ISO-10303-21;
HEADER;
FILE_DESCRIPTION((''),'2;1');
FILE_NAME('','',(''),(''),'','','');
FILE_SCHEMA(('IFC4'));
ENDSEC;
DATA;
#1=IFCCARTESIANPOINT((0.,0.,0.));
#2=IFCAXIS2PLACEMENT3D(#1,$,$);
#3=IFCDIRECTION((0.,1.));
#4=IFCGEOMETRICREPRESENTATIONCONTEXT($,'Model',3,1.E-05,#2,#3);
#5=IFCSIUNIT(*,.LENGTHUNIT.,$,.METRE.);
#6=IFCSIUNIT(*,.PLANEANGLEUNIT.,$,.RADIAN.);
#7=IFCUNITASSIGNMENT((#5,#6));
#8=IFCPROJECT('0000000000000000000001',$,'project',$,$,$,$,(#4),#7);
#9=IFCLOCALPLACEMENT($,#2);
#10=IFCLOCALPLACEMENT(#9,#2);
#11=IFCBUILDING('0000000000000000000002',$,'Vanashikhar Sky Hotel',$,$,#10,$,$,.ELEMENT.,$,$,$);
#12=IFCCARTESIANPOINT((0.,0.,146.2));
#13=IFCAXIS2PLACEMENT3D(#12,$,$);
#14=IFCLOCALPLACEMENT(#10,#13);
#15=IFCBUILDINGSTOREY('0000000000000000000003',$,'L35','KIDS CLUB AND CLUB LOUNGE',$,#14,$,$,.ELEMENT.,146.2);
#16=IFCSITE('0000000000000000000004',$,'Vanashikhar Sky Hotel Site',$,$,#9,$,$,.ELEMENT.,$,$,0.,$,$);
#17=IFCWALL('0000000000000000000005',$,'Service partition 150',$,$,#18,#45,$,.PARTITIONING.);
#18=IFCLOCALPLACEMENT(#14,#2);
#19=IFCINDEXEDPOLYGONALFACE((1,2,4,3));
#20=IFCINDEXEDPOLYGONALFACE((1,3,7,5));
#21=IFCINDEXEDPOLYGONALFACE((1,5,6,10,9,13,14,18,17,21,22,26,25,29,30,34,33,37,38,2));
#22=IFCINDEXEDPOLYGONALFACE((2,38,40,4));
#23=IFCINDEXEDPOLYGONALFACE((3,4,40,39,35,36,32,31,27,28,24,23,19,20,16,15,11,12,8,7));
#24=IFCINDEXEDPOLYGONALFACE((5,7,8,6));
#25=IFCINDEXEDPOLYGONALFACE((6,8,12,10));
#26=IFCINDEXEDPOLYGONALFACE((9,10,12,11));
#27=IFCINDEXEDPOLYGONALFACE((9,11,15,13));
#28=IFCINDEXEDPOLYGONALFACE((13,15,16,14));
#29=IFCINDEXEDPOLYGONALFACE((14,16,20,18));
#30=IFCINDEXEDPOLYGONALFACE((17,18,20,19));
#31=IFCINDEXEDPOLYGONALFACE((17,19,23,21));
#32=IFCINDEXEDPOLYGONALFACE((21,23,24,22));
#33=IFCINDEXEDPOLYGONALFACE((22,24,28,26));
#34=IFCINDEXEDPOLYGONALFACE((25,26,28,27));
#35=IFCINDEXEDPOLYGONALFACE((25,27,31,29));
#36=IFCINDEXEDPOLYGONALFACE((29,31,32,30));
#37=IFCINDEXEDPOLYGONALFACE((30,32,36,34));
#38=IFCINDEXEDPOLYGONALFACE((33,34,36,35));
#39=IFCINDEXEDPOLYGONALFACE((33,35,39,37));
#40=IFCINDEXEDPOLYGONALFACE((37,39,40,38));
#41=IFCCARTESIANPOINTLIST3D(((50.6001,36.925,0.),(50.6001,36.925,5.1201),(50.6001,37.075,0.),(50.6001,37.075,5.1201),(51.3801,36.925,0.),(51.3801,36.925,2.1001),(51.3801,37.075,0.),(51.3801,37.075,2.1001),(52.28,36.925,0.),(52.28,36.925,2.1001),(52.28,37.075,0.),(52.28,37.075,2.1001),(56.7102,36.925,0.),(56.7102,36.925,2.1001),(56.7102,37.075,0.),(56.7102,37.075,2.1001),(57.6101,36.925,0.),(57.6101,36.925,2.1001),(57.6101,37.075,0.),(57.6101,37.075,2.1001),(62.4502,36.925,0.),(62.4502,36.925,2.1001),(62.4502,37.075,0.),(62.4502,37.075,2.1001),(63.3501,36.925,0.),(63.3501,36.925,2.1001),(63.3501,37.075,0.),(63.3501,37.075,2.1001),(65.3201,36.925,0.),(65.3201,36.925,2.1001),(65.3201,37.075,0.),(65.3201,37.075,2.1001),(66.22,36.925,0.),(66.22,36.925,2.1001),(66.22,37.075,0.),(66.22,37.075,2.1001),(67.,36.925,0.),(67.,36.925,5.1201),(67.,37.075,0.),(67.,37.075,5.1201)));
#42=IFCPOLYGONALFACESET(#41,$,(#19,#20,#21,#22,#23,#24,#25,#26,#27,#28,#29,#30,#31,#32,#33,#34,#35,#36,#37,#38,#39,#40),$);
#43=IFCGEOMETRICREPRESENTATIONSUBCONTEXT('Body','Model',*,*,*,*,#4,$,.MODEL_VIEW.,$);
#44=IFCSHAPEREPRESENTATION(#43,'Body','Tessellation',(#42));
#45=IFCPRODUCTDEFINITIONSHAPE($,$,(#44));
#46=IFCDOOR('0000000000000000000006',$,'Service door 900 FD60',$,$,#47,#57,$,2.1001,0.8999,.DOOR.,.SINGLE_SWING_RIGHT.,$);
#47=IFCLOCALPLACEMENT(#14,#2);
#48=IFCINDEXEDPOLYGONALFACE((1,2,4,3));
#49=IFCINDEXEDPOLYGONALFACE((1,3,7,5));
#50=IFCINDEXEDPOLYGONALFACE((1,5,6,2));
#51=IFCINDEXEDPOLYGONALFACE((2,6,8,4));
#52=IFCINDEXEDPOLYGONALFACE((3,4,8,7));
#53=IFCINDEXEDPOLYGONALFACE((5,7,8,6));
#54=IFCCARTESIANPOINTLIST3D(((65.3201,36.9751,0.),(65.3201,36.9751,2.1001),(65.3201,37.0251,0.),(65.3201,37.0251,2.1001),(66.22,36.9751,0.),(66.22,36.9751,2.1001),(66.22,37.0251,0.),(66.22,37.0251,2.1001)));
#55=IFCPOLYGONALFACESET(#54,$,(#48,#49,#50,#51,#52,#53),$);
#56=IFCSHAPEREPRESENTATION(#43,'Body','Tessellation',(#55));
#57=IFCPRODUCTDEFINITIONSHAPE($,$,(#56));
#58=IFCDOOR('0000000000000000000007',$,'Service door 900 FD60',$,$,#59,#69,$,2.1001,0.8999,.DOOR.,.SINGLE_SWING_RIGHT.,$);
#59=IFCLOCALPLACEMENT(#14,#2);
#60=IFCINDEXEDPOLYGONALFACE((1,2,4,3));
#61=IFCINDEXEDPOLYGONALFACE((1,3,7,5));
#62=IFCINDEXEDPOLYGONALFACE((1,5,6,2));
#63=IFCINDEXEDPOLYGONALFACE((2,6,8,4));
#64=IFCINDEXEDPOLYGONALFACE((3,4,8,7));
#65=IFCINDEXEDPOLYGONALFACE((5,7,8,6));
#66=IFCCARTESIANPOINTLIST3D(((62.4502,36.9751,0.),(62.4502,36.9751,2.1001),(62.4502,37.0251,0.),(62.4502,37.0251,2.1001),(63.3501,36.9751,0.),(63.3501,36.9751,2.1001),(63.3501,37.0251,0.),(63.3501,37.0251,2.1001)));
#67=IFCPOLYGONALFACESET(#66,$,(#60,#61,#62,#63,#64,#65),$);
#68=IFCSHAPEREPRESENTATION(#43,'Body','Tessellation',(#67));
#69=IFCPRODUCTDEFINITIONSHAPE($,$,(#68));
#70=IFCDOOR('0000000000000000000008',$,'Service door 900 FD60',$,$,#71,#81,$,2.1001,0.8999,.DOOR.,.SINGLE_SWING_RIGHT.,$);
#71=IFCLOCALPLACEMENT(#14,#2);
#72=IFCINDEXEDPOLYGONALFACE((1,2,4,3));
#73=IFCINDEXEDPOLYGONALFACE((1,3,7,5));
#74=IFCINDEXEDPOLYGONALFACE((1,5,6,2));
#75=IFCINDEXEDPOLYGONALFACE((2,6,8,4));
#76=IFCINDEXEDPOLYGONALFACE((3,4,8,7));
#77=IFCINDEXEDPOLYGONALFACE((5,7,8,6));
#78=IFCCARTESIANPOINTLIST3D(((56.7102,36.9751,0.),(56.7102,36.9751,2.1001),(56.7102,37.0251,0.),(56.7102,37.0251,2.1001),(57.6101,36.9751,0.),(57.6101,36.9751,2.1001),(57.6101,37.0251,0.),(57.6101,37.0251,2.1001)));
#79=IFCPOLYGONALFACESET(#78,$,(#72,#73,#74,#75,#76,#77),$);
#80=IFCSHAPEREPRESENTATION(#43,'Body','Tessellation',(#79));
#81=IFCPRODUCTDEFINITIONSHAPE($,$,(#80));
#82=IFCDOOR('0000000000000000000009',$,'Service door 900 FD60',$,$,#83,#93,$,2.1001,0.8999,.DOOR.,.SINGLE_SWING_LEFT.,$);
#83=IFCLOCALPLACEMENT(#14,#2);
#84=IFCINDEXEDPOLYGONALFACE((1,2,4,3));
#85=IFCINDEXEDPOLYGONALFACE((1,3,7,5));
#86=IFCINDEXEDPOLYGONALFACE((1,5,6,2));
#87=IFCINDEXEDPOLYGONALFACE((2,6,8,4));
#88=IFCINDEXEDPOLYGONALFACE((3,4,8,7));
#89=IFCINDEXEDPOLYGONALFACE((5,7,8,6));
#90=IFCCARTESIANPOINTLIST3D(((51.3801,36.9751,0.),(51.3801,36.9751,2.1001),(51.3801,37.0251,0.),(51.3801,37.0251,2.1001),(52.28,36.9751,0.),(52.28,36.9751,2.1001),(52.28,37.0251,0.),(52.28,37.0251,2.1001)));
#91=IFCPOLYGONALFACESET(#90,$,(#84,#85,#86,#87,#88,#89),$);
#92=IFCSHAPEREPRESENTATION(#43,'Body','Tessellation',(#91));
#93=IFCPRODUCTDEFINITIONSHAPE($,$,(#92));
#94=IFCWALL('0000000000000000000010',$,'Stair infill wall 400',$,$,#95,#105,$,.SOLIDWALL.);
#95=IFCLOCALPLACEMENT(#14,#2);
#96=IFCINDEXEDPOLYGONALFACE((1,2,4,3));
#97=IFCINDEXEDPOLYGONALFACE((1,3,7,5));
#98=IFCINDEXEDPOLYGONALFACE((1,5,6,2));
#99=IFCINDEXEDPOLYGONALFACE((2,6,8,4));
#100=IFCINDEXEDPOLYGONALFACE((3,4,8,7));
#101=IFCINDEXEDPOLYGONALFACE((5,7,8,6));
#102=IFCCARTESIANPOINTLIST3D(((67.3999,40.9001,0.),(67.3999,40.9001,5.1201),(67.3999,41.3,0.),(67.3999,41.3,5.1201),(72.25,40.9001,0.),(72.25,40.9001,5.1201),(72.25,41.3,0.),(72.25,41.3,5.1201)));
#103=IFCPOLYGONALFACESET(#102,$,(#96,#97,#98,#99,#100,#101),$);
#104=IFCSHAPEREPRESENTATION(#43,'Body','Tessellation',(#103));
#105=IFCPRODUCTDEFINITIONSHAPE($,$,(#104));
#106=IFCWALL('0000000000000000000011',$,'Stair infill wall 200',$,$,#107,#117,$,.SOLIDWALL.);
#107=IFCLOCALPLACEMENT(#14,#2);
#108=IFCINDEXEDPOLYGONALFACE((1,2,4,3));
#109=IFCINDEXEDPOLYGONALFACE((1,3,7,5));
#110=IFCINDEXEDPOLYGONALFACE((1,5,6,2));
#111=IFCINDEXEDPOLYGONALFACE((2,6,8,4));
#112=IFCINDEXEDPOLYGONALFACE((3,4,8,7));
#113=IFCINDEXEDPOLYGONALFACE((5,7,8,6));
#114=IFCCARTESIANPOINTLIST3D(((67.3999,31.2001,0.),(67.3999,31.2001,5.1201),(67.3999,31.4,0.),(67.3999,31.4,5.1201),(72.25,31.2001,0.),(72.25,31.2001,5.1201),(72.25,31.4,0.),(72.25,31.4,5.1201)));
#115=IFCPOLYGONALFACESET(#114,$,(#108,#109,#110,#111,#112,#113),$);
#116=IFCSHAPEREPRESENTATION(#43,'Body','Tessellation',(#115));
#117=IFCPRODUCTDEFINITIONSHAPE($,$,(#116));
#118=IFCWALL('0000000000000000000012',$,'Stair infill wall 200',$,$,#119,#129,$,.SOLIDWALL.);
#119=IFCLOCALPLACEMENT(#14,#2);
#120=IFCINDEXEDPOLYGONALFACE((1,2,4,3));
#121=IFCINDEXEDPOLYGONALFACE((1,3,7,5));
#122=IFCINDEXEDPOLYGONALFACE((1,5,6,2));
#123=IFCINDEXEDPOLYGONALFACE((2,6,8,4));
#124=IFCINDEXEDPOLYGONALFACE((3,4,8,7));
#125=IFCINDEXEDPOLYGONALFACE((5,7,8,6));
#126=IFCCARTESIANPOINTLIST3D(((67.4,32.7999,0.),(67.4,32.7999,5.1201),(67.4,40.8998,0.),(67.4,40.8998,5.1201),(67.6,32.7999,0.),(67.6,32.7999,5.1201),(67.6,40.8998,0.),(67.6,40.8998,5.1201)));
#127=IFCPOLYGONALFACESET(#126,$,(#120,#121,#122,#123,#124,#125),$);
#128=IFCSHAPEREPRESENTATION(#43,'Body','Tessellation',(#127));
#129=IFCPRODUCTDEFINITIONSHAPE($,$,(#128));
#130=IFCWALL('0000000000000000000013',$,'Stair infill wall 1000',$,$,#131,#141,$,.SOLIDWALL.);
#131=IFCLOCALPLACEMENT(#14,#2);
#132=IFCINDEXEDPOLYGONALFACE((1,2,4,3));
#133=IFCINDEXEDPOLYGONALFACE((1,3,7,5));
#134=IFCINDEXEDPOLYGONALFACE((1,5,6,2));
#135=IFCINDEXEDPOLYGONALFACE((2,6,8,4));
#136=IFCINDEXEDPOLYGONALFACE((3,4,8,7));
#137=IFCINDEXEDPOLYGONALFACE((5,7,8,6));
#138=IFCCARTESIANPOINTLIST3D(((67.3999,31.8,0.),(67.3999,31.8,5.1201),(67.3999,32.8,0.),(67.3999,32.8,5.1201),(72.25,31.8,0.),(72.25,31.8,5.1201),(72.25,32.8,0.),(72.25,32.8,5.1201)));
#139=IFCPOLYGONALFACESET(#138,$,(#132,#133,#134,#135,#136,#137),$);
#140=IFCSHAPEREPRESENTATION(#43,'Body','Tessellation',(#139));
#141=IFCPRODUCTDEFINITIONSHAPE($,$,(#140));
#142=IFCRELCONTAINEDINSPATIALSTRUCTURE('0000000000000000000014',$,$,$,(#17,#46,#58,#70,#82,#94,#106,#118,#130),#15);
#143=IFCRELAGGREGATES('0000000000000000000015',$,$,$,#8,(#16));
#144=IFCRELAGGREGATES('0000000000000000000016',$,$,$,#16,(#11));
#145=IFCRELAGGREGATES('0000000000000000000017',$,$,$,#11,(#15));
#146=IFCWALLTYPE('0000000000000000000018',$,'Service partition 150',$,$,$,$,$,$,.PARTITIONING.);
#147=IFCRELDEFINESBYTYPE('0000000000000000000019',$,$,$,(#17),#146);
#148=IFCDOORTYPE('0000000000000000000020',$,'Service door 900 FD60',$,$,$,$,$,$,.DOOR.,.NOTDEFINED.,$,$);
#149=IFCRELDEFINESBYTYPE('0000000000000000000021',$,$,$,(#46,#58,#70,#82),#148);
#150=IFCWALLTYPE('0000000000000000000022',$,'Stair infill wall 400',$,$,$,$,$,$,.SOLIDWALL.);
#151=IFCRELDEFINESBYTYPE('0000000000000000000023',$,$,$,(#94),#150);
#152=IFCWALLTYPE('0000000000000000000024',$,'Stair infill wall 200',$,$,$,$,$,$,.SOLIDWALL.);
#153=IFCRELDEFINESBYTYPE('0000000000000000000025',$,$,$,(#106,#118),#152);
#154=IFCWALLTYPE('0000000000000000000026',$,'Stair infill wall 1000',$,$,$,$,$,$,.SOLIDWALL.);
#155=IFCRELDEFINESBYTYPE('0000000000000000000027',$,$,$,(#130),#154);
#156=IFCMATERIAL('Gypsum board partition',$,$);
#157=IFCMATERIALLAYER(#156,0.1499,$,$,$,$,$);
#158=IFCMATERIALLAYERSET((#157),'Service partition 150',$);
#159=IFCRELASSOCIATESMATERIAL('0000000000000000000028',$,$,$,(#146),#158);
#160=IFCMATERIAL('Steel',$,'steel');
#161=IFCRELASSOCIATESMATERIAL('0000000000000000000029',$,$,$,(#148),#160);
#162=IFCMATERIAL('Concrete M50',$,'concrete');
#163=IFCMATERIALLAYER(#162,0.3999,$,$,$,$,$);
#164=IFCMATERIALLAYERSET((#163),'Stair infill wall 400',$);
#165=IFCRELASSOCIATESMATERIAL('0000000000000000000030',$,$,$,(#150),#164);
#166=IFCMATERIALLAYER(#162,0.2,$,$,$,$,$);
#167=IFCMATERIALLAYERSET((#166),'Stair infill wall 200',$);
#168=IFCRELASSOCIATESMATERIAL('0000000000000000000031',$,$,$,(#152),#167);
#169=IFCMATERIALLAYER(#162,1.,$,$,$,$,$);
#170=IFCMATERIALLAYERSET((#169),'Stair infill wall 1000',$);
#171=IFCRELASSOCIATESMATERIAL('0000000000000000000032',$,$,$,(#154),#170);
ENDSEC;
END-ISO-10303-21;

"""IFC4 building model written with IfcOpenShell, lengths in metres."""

from ifc_helpers import new_model, si_unit, direction, frame, frame_2d, origin, place, context, subcontext, project, spatial, rectangle, extrude, source, transform, mapped, material, layer, layer_set, type_object, element, fill, save


model = new_model("IFC4")

# Units and contexts
model_context = context("Model", 3, precision=1e-05, world=origin(), true_north=direction((0.0, 1.0)))
body_context = subcontext(model_context, "Body", "Model", "MODEL_VIEW")
ifc_project = project(units=[si_unit("LENGTHUNIT", "METRE"), si_unit("PLANEANGLEUNIT", "RADIAN")], contexts=[model_context])

# Site, building, storey
site_placement = place(None, origin())
site = spatial("IfcSite", under=ifc_project, at=site_placement, Name="Vanashikhar Sky Hotel Site", CompositionType="ELEMENT", RefElevation=0.0)
building_placement = place(site_placement, origin())
building = spatial("IfcBuilding", under=site, at=building_placement, Name="Vanashikhar Sky Hotel", CompositionType="ELEMENT")
storey_placement = place(building_placement, frame((0.0, 0.0, 146.2)))
storey = spatial("IfcBuildingStorey", under=building, at=storey_placement, Name="L35", Description="KIDS CLUB AND CLUB LOUNGE", CompositionType="ELEMENT", Elevation=146.2)

# Wall, openings, doors
ifc_material_1 = material(Name="Gypsum board partition")
ifc_layer_1 = layer(ifc_material_1, 0.1499)
ifc_layer_set_1 = layer_set([ifc_layer_1], Name="Service partition 150")
wall_type_1 = type_object("IfcWallType", Name="Service partition 150", PredefinedType="PARTITIONING", material=ifc_layer_set_1)
shared_shape_1 = source(origin(), body_context, "Body", "SweptSolid", [
    extrude(rectangle(XDim=0.8999, YDim=2.1001, at=frame_2d((0.45, 1.05))), frame((0.0, 0.085, 0.0), z_axis=(0.0, -1.0, 0.0), x_axis=(1.0, 0.0, 0.0)), (0.0, 0.0, 1.0), 0.1699),
])
ifc_material_2 = material(Name="Steel", Category="steel")
door_type_1 = type_object("IfcDoorType", Name="Service door 900 FD60", OperationType="NOTDEFINED", PredefinedType="DOOR", material=ifc_material_2)
shared_shape_2 = source(origin(), body_context, "Body", "SweptSolid", [
    extrude(rectangle(XDim=0.8999, YDim=2.1001, at=frame_2d((0.45, 1.05))), frame((0.0, 0.0249, 0.0), z_axis=(0.0, -1.0, 0.0), x_axis=(1.0, 0.0, 0.0)), (0.0, 0.0, 1.0), 0.05),
])
shared_shape_3 = source(origin(), body_context, "Body", "SweptSolid", [
    extrude(rectangle(XDim=16.3999, YDim=0.1499, at=frame_2d((8.2, 0.0))), origin(), (0.0, 0.0, 1.0), 5.1201),
])
wall_1_placement = place(storey_placement, frame((67.0, 37.0, 0.0), z_axis=(0.0, 0.0, 1.0), x_axis=(-1.0, 0.0, 0.0)))
wall_1 = element("IfcWall", 1, at=wall_1_placement, inside=storey, type_object=wall_type_1, Name="Service partition 150", PredefinedType="PARTITIONING", context=body_context, shape_type="MappedRepresentation", body=[
    mapped(shared_shape_3, transform((0.0, 0.0, 0.0), scale=1.0)),
])
opening_1_placement = place(wall_1_placement, frame((0.78, 0.0, 0.0)))
opening_1 = element("IfcOpeningElement", 2, at=opening_1_placement, cuts=wall_1, PredefinedType="OPENING", context=body_context, shape_type="MappedRepresentation", body=[
    mapped(shared_shape_1, transform((0.0, 0.0, 0.0), scale=1.0)),
])
opening_2_placement = place(wall_1_placement, frame((3.6499, 0.0, 0.0)))
opening_2 = element("IfcOpeningElement", 3, at=opening_2_placement, cuts=wall_1, PredefinedType="OPENING", context=body_context, shape_type="MappedRepresentation", body=[
    mapped(shared_shape_1, transform((0.0, 0.0, 0.0), scale=1.0)),
])
opening_3_placement = place(wall_1_placement, frame((9.3899, 0.0, 0.0)))
opening_3 = element("IfcOpeningElement", 4, at=opening_3_placement, cuts=wall_1, PredefinedType="OPENING", context=body_context, shape_type="MappedRepresentation", body=[
    mapped(shared_shape_1, transform((0.0, 0.0, 0.0), scale=1.0)),
])
opening_4_placement = place(wall_1_placement, frame((14.72, 0.0, 0.0)))
opening_4 = element("IfcOpeningElement", 5, at=opening_4_placement, cuts=wall_1, PredefinedType="OPENING", context=body_context, shape_type="MappedRepresentation", body=[
    mapped(shared_shape_1, transform((0.0, 0.0, 0.0), scale=1.0)),
])
door_1_placement = place(opening_1_placement, origin())
door_1 = element("IfcDoor", 6, at=door_1_placement, inside=storey, type_object=door_type_1, Name="Service door 900 FD60", OperationType="SINGLE_SWING_RIGHT", OverallHeight=2.1001, OverallWidth=0.8999, PredefinedType="DOOR", context=body_context, shape_type="MappedRepresentation", body=[
    mapped(shared_shape_2, transform((0.0, 0.0, 0.0), scale=1.0)),
])
fill(opening_1, door_1)
door_2_placement = place(opening_2_placement, origin())
door_2 = element("IfcDoor", 7, at=door_2_placement, inside=storey, type_object=door_type_1, Name="Service door 900 FD60", OperationType="SINGLE_SWING_RIGHT", OverallHeight=2.1001, OverallWidth=0.8999, PredefinedType="DOOR", context=body_context, shape_type="MappedRepresentation", body=[
    mapped(shared_shape_2, transform((0.0, 0.0, 0.0), scale=1.0)),
])
fill(opening_2, door_2)
door_3_placement = place(opening_3_placement, origin())
door_3 = element("IfcDoor", 8, at=door_3_placement, inside=storey, type_object=door_type_1, Name="Service door 900 FD60", OperationType="SINGLE_SWING_RIGHT", OverallHeight=2.1001, OverallWidth=0.8999, PredefinedType="DOOR", context=body_context, shape_type="MappedRepresentation", body=[
    mapped(shared_shape_2, transform((0.0, 0.0, 0.0), scale=1.0)),
])
fill(opening_3, door_3)
door_4_placement = place(opening_4_placement, origin())
door_4 = element("IfcDoor", 9, at=door_4_placement, inside=storey, type_object=door_type_1, Name="Service door 900 FD60", OperationType="SINGLE_SWING_LEFT", OverallHeight=2.1001, OverallWidth=0.8999, PredefinedType="DOOR", context=body_context, shape_type="MappedRepresentation", body=[
    mapped(shared_shape_2, transform((0.0, 0.0, 0.0), scale=1.0)),
])
fill(opening_4, door_4)

# Walls
ifc_material_3 = material(Name="Concrete M50", Category="concrete")
ifc_layer_2 = layer(ifc_material_3, 0.3999)
ifc_layer_set_2 = layer_set([ifc_layer_2], Name="Stair infill wall 400")
wall_type_2 = type_object("IfcWallType", Name="Stair infill wall 400", PredefinedType="SOLIDWALL", material=ifc_layer_set_2)
shared_shape_4 = source(origin(), body_context, "Body", "SweptSolid", [
    extrude(rectangle(XDim=4.8501, YDim=0.3999, at=frame_2d((2.425, 0.0))), origin(), (0.0, 0.0, 1.0), 5.1201),
])
wall_2_placement = place(storey_placement, frame((67.3999, 41.1001, 0.0), z_axis=(0.0, 0.0, 1.0), x_axis=(1.0, 0.0, 0.0)))
element("IfcWall", 10, at=wall_2_placement, inside=storey, type_object=wall_type_2, Name="Stair infill wall 400", PredefinedType="SOLIDWALL", context=body_context, shape_type="MappedRepresentation", body=[
    mapped(shared_shape_4, transform((0.0, 0.0, 0.0), scale=1.0)),
])
ifc_layer_3 = layer(ifc_material_3, 0.2)
ifc_layer_set_3 = layer_set([ifc_layer_3], Name="Stair infill wall 200")
wall_type_3 = type_object("IfcWallType", Name="Stair infill wall 200", PredefinedType="SOLIDWALL", material=ifc_layer_set_3)
shared_shape_5 = source(origin(), body_context, "Body", "SweptSolid", [
    extrude(rectangle(XDim=4.8501, YDim=0.2, at=frame_2d((2.425, 0.0))), origin(), (0.0, 0.0, 1.0), 5.1201),
])
wall_3_placement = place(storey_placement, frame((67.3999, 31.3, 0.0), z_axis=(0.0, 0.0, 1.0), x_axis=(1.0, 0.0, 0.0)))
element("IfcWall", 11, at=wall_3_placement, inside=storey, type_object=wall_type_3, Name="Stair infill wall 200", PredefinedType="SOLIDWALL", context=body_context, shape_type="MappedRepresentation", body=[
    mapped(shared_shape_5, transform((0.0, 0.0, 0.0), scale=1.0)),
])
shared_shape_6 = source(origin(), body_context, "Body", "SweptSolid", [
    extrude(rectangle(XDim=8.0999, YDim=0.2, at=frame_2d((4.0498, 0.0))), origin(), (0.0, 0.0, 1.0), 5.1201),
])
wall_4_placement = place(storey_placement, frame((67.5, 32.8, 0.0), z_axis=(0.0, 0.0, 1.0), x_axis=(0.0, 1.0, 0.0)))
element("IfcWall", 12, at=wall_4_placement, inside=storey, type_object=wall_type_3, Name="Stair infill wall 200", PredefinedType="SOLIDWALL", context=body_context, shape_type="MappedRepresentation", body=[
    mapped(shared_shape_6, transform((0.0, 0.0, 0.0), scale=1.0)),
])
ifc_layer_4 = layer(ifc_material_3, 1.0)
ifc_layer_set_4 = layer_set([ifc_layer_4], Name="Stair infill wall 1000")
wall_type_4 = type_object("IfcWallType", Name="Stair infill wall 1000", PredefinedType="SOLIDWALL", material=ifc_layer_set_4)
shared_shape_7 = source(origin(), body_context, "Body", "SweptSolid", [
    extrude(rectangle(XDim=4.8501, YDim=1.0, at=frame_2d((2.425, 0.0))), origin(), (0.0, 0.0, 1.0), 5.1201),
])
wall_5_placement = place(storey_placement, frame((67.3999, 32.3, 0.0), z_axis=(0.0, 0.0, 1.0), x_axis=(1.0, 0.0, 0.0)))
element("IfcWall", 13, at=wall_5_placement, inside=storey, type_object=wall_type_4, Name="Stair infill wall 1000", PredefinedType="SOLIDWALL", context=body_context, shape_type="MappedRepresentation", body=[
    mapped(shared_shape_7, transform((0.0, 0.0, 0.0), scale=1.0)),
])

save(model, "model.ifc")
